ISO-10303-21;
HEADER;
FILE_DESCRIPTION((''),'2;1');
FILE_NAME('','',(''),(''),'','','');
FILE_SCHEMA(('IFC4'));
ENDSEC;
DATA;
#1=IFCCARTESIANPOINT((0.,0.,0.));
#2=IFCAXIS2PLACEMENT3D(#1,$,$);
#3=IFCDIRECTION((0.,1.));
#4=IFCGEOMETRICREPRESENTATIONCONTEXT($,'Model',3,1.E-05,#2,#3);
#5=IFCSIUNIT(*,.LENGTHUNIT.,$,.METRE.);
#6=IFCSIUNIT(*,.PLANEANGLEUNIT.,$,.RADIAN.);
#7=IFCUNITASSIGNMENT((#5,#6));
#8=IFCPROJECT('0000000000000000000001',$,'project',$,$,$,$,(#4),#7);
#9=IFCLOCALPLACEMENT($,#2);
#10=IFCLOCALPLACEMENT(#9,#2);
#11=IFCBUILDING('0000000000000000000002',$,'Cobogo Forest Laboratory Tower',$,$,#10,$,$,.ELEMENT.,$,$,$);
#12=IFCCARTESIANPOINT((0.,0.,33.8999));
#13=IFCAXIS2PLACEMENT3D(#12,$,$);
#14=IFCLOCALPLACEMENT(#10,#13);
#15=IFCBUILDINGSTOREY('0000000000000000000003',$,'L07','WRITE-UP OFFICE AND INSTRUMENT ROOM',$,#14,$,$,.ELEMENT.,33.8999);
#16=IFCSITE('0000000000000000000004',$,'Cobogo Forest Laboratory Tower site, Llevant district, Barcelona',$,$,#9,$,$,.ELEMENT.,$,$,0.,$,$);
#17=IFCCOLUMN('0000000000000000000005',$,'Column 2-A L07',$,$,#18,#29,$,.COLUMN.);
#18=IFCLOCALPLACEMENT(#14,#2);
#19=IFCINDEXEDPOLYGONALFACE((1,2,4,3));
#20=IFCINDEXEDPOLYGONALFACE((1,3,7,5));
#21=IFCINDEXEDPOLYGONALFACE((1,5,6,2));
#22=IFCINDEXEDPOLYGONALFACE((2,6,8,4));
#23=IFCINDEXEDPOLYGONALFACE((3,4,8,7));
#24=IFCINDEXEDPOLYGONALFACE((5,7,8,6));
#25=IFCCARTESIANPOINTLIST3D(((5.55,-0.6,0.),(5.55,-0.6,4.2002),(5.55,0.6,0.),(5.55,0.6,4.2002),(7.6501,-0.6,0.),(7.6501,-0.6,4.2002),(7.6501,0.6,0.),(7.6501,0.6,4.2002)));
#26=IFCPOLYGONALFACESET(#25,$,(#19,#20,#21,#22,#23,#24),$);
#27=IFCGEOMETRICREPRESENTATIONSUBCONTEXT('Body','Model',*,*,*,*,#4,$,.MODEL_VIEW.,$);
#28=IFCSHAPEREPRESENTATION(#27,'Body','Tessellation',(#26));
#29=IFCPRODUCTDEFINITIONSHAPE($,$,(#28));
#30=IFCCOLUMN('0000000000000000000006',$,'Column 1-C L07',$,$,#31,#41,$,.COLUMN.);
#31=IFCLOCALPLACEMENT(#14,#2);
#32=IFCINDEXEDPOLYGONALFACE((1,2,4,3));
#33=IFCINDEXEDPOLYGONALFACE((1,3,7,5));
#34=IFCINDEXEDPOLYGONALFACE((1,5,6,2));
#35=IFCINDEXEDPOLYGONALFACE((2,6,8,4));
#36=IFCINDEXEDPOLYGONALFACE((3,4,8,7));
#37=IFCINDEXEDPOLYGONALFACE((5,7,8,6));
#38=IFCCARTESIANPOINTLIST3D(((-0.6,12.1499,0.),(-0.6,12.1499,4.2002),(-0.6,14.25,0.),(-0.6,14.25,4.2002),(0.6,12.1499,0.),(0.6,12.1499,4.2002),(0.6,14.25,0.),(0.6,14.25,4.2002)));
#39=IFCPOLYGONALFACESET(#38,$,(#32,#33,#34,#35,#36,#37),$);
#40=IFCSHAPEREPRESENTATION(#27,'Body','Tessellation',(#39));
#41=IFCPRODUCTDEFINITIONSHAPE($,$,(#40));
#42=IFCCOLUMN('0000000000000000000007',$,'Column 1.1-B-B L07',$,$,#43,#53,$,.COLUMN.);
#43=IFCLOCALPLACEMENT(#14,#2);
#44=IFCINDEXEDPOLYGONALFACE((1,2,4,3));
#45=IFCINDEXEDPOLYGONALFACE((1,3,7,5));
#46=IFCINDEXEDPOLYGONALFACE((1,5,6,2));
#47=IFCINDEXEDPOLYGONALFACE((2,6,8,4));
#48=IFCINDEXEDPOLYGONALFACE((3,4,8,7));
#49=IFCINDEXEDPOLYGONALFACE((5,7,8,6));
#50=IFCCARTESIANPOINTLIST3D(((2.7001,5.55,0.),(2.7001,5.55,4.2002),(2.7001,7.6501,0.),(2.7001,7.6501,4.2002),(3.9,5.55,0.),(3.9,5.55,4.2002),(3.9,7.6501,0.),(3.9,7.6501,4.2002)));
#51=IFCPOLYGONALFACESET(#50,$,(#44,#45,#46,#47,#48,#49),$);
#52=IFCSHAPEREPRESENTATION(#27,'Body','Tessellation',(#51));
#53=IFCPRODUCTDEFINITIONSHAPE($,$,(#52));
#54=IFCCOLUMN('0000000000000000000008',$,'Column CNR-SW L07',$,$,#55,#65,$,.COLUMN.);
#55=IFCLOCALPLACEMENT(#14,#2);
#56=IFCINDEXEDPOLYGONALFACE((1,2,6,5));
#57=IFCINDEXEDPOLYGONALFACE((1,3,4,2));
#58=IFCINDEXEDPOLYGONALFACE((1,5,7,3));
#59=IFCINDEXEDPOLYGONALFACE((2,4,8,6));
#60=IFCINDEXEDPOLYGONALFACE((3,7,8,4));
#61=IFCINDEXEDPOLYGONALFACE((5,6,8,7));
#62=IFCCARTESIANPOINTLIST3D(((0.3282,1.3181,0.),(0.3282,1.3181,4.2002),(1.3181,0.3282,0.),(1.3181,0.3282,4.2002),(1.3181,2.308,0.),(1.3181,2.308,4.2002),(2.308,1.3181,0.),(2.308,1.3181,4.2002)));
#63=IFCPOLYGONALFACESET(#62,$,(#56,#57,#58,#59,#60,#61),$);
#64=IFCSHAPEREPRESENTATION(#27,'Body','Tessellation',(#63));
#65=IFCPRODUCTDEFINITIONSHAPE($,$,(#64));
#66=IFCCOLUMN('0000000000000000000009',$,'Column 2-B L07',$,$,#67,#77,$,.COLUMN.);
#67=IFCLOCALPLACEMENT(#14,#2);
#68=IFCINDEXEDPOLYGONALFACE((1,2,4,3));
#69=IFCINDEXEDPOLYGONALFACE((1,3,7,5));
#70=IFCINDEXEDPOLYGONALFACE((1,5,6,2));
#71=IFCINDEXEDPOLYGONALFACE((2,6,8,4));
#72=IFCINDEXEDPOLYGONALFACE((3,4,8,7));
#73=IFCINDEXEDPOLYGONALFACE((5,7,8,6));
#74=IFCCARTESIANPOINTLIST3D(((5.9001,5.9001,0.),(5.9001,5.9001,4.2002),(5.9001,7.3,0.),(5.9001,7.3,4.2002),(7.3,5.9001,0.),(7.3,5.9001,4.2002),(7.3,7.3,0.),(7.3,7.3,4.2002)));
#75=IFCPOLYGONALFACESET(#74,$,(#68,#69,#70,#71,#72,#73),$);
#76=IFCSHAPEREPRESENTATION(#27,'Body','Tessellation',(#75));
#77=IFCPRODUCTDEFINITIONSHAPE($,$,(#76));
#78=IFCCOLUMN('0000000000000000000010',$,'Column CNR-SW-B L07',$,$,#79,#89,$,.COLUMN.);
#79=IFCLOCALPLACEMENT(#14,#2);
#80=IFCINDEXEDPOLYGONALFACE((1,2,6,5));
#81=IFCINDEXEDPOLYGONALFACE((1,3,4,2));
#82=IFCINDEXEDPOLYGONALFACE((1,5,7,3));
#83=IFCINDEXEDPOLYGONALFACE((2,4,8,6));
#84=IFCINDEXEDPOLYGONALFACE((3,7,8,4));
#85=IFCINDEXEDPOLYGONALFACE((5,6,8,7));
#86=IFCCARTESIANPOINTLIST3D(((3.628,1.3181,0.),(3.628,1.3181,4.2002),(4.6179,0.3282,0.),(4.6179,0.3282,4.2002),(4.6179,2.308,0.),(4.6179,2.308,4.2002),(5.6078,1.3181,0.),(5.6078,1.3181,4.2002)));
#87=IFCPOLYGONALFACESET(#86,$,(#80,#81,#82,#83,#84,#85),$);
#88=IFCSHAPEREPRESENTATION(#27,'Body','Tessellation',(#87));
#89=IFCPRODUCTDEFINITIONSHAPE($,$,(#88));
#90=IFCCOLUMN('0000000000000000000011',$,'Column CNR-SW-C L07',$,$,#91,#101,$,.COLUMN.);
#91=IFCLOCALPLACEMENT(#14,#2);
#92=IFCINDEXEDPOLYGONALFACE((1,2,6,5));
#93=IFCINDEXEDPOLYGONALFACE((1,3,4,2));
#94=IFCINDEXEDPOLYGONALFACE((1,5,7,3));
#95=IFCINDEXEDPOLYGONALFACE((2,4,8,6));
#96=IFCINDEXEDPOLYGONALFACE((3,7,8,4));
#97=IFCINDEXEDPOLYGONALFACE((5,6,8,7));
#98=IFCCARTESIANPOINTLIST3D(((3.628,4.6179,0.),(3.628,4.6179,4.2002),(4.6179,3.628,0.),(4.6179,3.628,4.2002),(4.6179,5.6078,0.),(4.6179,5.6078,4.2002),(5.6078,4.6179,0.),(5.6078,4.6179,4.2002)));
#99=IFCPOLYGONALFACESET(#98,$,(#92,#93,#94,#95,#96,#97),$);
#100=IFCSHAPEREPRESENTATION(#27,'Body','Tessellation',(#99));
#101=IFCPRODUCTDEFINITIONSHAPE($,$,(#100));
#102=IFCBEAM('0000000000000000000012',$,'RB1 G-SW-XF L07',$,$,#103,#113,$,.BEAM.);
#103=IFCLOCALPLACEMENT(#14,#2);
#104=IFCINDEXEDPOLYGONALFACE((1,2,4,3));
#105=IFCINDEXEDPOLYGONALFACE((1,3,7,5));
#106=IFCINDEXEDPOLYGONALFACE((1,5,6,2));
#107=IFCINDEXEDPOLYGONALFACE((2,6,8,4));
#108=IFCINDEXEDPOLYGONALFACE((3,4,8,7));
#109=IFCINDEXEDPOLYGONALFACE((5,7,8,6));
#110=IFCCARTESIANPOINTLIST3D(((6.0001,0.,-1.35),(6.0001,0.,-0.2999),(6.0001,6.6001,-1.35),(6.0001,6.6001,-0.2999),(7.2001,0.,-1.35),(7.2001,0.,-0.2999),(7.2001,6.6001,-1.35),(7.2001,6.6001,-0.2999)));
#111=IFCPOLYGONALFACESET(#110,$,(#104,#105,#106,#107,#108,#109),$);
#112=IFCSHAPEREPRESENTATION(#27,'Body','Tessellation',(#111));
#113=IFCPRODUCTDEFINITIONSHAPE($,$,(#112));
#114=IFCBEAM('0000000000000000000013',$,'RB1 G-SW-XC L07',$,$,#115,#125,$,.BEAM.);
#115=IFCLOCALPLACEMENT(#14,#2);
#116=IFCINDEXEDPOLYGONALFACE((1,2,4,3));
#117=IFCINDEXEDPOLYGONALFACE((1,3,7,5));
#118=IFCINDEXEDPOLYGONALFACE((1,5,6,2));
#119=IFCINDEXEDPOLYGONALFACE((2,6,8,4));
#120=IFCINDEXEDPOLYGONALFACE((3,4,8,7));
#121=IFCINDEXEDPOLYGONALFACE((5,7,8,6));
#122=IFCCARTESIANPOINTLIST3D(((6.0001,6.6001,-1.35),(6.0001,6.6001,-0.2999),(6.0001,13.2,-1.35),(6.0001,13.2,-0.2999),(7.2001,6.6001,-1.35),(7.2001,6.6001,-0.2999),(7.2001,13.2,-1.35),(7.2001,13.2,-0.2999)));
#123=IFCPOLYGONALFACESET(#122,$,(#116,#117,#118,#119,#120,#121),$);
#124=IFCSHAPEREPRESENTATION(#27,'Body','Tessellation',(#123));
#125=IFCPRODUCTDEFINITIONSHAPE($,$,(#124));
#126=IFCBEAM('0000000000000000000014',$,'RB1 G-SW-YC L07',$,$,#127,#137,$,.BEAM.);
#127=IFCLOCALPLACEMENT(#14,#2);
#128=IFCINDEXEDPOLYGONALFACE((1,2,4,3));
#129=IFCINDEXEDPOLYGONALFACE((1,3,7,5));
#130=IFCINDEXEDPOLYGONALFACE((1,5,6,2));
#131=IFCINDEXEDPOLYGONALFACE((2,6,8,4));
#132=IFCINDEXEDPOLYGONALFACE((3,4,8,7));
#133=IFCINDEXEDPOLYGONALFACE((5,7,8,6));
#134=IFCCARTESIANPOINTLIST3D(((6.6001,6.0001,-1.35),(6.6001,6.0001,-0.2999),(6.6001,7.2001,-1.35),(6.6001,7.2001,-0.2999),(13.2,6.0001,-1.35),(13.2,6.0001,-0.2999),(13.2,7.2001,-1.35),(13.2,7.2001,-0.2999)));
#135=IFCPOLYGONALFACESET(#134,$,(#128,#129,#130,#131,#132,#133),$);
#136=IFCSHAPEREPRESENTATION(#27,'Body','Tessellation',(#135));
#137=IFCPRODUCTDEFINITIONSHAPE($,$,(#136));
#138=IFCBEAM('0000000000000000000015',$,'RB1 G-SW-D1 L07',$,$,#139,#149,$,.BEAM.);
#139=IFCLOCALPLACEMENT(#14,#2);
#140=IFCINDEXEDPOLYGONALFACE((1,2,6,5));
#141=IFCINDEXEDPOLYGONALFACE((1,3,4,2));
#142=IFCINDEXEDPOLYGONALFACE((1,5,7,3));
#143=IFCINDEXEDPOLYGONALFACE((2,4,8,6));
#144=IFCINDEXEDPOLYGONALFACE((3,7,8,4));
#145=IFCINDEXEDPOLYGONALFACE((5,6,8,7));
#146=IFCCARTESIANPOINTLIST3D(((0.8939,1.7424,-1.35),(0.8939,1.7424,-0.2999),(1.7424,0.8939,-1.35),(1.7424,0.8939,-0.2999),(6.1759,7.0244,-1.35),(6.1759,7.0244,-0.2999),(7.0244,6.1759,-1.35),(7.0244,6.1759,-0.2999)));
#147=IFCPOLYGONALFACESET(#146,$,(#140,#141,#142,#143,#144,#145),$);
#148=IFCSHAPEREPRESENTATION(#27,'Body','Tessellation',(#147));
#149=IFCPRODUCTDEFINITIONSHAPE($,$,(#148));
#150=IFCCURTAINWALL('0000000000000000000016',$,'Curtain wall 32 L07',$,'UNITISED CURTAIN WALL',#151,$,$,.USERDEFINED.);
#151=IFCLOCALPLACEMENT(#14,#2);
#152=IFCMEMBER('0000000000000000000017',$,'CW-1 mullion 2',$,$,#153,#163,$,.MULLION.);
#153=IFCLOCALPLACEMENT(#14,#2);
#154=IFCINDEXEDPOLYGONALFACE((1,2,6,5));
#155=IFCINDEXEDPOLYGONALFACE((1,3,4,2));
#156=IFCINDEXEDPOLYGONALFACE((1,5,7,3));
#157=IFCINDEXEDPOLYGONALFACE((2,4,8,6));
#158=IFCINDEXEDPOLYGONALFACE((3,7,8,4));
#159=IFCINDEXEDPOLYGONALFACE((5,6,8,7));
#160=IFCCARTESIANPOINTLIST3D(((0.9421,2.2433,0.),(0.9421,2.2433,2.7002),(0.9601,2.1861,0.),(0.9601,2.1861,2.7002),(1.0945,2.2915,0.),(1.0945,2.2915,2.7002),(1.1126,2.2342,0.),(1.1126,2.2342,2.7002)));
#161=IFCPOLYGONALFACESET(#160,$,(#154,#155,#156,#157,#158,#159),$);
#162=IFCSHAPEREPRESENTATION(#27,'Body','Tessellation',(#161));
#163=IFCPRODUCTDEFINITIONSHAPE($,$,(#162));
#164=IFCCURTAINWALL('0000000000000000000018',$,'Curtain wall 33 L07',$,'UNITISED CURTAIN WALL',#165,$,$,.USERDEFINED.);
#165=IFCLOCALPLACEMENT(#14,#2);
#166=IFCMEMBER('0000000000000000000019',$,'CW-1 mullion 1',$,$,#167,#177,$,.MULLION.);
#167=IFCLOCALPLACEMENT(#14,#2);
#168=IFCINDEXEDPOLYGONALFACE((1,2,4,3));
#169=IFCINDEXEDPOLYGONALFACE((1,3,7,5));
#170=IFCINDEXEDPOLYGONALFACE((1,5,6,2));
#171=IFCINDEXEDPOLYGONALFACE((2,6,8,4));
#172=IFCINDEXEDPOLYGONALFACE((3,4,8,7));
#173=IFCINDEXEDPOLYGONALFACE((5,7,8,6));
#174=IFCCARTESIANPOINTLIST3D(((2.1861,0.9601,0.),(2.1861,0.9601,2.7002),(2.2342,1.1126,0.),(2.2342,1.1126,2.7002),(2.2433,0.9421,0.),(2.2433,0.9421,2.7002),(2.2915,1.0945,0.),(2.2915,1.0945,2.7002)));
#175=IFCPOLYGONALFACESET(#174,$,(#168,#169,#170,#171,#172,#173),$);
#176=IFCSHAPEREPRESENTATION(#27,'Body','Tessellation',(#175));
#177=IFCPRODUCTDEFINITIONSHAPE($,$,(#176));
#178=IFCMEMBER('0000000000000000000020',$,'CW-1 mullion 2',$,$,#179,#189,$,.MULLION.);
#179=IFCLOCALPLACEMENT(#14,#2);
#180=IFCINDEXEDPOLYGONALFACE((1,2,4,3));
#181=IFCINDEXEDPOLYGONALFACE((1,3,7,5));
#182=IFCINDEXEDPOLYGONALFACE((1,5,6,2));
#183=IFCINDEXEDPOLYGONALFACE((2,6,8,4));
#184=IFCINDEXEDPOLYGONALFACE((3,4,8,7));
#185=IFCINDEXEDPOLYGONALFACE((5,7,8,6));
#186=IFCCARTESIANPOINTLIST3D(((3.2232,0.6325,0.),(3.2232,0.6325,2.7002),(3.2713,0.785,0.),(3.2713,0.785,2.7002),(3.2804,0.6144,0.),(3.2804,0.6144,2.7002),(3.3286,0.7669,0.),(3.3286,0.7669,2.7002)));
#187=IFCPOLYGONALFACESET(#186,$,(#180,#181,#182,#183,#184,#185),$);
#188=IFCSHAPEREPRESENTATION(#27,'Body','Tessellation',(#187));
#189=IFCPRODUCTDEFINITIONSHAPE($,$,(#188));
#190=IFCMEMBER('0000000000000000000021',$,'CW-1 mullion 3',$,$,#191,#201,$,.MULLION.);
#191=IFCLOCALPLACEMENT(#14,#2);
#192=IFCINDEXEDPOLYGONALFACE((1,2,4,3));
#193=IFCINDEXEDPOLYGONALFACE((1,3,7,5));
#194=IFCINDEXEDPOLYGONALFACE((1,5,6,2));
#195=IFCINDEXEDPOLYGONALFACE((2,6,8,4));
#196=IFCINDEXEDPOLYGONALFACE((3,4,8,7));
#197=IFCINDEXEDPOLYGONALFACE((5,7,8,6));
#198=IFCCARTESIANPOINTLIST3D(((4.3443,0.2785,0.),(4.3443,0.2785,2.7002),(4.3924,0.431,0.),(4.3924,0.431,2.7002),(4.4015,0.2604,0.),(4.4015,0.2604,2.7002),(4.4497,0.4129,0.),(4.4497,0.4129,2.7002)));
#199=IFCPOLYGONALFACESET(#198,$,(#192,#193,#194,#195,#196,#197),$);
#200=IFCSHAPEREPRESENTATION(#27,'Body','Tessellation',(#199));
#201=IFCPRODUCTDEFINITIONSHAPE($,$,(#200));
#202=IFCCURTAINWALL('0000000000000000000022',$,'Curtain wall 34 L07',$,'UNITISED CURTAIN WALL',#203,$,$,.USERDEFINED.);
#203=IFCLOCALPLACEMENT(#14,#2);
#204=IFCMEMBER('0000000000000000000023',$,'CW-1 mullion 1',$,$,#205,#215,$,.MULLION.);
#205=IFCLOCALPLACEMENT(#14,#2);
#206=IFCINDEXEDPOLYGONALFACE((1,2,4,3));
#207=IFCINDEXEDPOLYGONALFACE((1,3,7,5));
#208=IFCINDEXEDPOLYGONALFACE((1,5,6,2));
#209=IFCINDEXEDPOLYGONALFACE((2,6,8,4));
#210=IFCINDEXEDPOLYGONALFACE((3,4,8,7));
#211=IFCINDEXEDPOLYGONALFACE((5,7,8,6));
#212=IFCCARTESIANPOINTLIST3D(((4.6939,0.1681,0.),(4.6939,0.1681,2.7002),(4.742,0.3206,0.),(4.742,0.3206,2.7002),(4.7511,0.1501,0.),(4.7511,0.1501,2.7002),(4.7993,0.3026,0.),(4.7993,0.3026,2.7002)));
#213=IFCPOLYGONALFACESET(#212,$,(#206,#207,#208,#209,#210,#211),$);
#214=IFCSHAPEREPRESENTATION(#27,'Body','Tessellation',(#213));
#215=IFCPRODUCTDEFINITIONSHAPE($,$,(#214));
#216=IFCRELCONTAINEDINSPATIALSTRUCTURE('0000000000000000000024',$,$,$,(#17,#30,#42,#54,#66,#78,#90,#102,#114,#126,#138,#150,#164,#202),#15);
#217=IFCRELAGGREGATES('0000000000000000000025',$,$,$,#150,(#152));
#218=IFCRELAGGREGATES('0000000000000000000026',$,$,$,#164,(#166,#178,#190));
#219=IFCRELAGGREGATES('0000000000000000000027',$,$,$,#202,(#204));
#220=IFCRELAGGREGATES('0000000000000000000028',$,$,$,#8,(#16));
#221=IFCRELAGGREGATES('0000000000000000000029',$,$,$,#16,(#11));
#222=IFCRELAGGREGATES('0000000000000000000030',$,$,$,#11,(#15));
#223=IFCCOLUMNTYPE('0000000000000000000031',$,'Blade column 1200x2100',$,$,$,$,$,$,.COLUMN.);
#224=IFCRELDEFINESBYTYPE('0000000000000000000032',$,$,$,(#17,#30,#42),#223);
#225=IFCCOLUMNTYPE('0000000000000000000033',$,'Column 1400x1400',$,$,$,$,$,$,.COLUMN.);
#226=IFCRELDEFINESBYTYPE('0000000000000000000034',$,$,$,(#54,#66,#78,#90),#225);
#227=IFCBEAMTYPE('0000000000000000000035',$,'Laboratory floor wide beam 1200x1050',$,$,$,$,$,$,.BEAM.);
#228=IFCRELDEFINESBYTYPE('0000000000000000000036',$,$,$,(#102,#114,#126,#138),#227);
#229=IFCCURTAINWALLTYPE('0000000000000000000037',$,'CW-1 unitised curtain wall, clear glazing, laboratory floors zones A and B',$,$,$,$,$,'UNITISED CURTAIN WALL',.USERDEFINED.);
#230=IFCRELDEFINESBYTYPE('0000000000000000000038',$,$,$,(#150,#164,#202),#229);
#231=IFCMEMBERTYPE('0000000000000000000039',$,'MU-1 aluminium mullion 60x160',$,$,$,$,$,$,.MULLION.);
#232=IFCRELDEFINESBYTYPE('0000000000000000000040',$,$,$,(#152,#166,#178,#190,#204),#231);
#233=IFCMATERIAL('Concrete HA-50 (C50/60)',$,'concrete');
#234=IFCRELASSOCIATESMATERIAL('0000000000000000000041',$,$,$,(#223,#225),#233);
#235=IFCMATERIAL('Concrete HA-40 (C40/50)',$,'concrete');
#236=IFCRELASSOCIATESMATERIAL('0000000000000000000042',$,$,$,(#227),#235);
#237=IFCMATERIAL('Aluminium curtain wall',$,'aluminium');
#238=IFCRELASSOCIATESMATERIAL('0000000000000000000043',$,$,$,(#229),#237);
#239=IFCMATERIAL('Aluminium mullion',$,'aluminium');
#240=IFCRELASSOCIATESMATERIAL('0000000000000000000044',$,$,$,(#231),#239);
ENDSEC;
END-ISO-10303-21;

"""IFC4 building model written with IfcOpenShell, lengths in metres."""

from ifc_helpers import new_model, si_unit, direction, frame, origin, origin_2d, place, context, subcontext, project, spatial, rectangle, extrude, material, material_profile, profile_set, type_object, element, aggregate, save


model = new_model("IFC4")

# Units and contexts
model_context = context("Model", 3, precision=1e-05, world=origin(), true_north=direction((0.0, 1.0)))
body_context = subcontext(model_context, "Body", "Model", "MODEL_VIEW")
ifc_project = project(units=[si_unit("LENGTHUNIT", "METRE"), si_unit("PLANEANGLEUNIT", "RADIAN")], contexts=[model_context])

# Site, building, storey
site_placement = place(None, origin())
site = spatial("IfcSite", under=ifc_project, at=site_placement, Name="Cobogo Forest Laboratory Tower site, Llevant district, Barcelona", CompositionType="ELEMENT", RefElevation=0.0)
building_placement = place(site_placement, origin())
building = spatial("IfcBuilding", under=site, at=building_placement, Name="Cobogo Forest Laboratory Tower", CompositionType="ELEMENT")
storey_placement = place(building_placement, frame((0.0, 0.0, 33.8999)))
storey = spatial("IfcBuildingStorey", under=building, at=storey_placement, Name="L07", Description="WRITE-UP OFFICE AND INSTRUMENT ROOM", CompositionType="ELEMENT", Elevation=33.8999)

# Columns
ifc_material_1 = material(Name="Concrete HA-50 (C50/60)", Category="concrete")
ifc_material_profile_1 = material_profile(ifc_material_1, rectangle(XDim=2.1001, YDim=1.2, at=origin_2d()), Name="RC 1200x2100")
ifc_profile_set_1 = profile_set([ifc_material_profile_1], Name="Concrete HA-50 (C50/60)")
column_type_1 = type_object("IfcColumnType", Name="Blade column 1200x2100", PredefinedType="COLUMN", material=ifc_profile_set_1)
for number, where, z_axis, x_axis, name in (
    (1, (6.6001, 0.0, 0.0), (0.0, 0.0, 1.0), (1.0, 0.0, 0.0), "Column 2-A L07"),
    (2, (0.0, 13.2, 0.0), (0.0, 0.0, 1.0), (0.0, 1.0, 0.0), "Column 1-C L07"),
    (3, (3.3, 6.6001, 0.0), (0.0, 0.0, 1.0), (0.0, 1.0, 0.0), "Column 1.1-B-B L07"),
):
    element("IfcColumn", number, at=place(storey_placement, frame(where, z_axis=z_axis, x_axis=x_axis)), inside=storey, type_object=column_type_1, Name=name, PredefinedType="COLUMN", context=body_context, shape_type="SweptSolid", body=[
        extrude(rectangle(XDim=2.1001, YDim=1.2, at=origin_2d()), origin(), (0.0, 0.0, 1.0), 4.2002),
    ])
ifc_material_profile_2 = material_profile(ifc_material_1, rectangle(XDim=1.3999, YDim=1.3999, at=origin_2d()), Name="RC 1400x1400")
ifc_profile_set_2 = profile_set([ifc_material_profile_2], Name="Concrete HA-50 (C50/60)")
column_type_2 = type_object("IfcColumnType", Name="Column 1400x1400", PredefinedType="COLUMN", material=ifc_profile_set_2)
for number, where, z_axis, x_axis, name in (
    (4, (1.3181, 1.3181, 0.0), (0.0, 0.0, 1.0), (0.707107, 0.707107, 0.0), "Column CNR-SW L07"),
    (5, (6.6001, 6.6001, 0.0), (0.0, 0.0, 1.0), (1.0, 0.0, 0.0), "Column 2-B L07"),
    (6, (4.6179, 1.3181, 0.0), (0.0, 0.0, 1.0), (0.707107, 0.707107, 0.0), "Column CNR-SW-B L07"),
    (7, (4.6179, 4.6179, 0.0), (0.0, 0.0, 1.0), (0.707107, 0.707107, 0.0), "Column CNR-SW-C L07"),
):
    element("IfcColumn", number, at=place(storey_placement, frame(where, z_axis=z_axis, x_axis=x_axis)), inside=storey, type_object=column_type_2, Name=name, PredefinedType="COLUMN", context=body_context, shape_type="SweptSolid", body=[
        extrude(rectangle(XDim=1.3999, YDim=1.3999, at=origin_2d()), origin(), (0.0, 0.0, 1.0), 4.2002),
    ])

# Beams
ifc_material_2 = material(Name="Concrete HA-40 (C40/50)", Category="concrete")
ifc_material_profile_3 = material_profile(ifc_material_2, rectangle(XDim=1.2, YDim=1.05, at=origin_2d()), Name="RC 1200x1050")
ifc_profile_set_3 = profile_set([ifc_material_profile_3], Name="Concrete HA-40 (C40/50)")
beam_type_1 = type_object("IfcBeamType", Name="Laboratory floor wide beam 1200x1050", PredefinedType="BEAM", material=ifc_profile_set_3)
beam_1_placement = place(storey_placement, frame((6.6001, 0.0, -0.825), z_axis=(0.0, 1.0, 0.0), x_axis=(-1.0, 0.0, 0.0)))
element("IfcBeam", 8, at=beam_1_placement, inside=storey, type_object=beam_type_1, Name="RB1 G-SW-XF L07", PredefinedType="BEAM", context=body_context, shape_type="SweptSolid", body=[
    extrude(rectangle(XDim=1.2, YDim=1.05, at=origin_2d()), origin(), (0.0, 0.0, 1.0), 6.6001),
])
for number, where, z_axis, x_axis, name in (
    (9, (6.6001, 6.6001, -0.825), (0.0, 1.0, 0.0), (-1.0, 0.0, 0.0), "RB1 G-SW-XC L07"),
    (10, (6.6001, 6.6001, -0.825), (1.0, 0.0, 0.0), (0.0, 1.0, 0.0), "RB1 G-SW-YC L07"),
):
    element("IfcBeam", number, at=place(storey_placement, frame(where, z_axis=z_axis, x_axis=x_axis)), inside=storey, type_object=beam_type_1, Name=name, PredefinedType="BEAM", context=body_context, shape_type="SweptSolid", body=[
        extrude(rectangle(XDim=1.2, YDim=1.05, at=origin_2d()), origin(), (0.0, 0.0, 1.0), 6.5999),
    ])
beam_2_placement = place(storey_placement, frame((1.3181, 1.3181, -0.825), z_axis=(0.707107, 0.707107, 0.0), x_axis=(-0.707107, 0.707107, 0.0)))
element("IfcBeam", 11, at=beam_2_placement, inside=storey, type_object=beam_type_1, Name="RB1 G-SW-D1 L07", PredefinedType="BEAM", context=body_context, shape_type="SweptSolid", body=[
    extrude(rectangle(XDim=1.2, YDim=1.05, at=origin_2d()), origin(), (0.0, 0.0, 1.0), 7.47),
])

# Curtain wall, member
ifc_material_3 = material(Name="Aluminium curtain wall", Category="aluminium")
curtain_wall_type = type_object("IfcCurtainWallType", Name="CW-1 unitised curtain wall, clear glazing, laboratory floors zones A and B", ElementType="UNITISED CURTAIN WALL", PredefinedType="USERDEFINED", material=ifc_material_3)
curtain_wall_1_placement = place(storey_placement, origin())
curtain_wall_1 = element("IfcCurtainWall", 12, at=curtain_wall_1_placement, inside=storey, type_object=curtain_wall_type, Name="Curtain wall 32 L07", ObjectType="UNITISED CURTAIN WALL", PredefinedType="USERDEFINED")
ifc_material_4 = material(Name="Aluminium mullion", Category="aluminium")
ifc_material_profile_4 = material_profile(ifc_material_4, rectangle(XDim=0.0601, YDim=0.1599, at=origin_2d()), Name="AL 60x160")
ifc_profile_set_4 = profile_set([ifc_material_profile_4], Name="Aluminium mullion")
member_type_1 = type_object("IfcMemberType", Name="MU-1 aluminium mullion 60x160", PredefinedType="MULLION", material=ifc_profile_set_4)
member_1_placement = place(storey_placement, frame((1.0273, 2.2388, 0.0), z_axis=(0.0, 0.0, 1.0), x_axis=(0.301135, -0.953581, 0.0)))
member_1 = element("IfcMember", 13, at=member_1_placement, type_object=member_type_1, Name="CW-1 mullion 2", PredefinedType="MULLION", context=body_context, shape_type="SweptSolid", body=[
    extrude(rectangle(XDim=0.0601, YDim=0.1599, at=origin_2d()), origin(), (0.0, 0.0, 1.0), 2.7002),
])

# Curtain walls, members
curtain_wall_2_placement = place(storey_placement, origin())
curtain_wall_2 = element("IfcCurtainWall", 14, at=curtain_wall_2_placement, inside=storey, type_object=curtain_wall_type, Name="Curtain wall 33 L07", ObjectType="UNITISED CURTAIN WALL", PredefinedType="USERDEFINED")
member_2_placement = place(storey_placement, frame((2.2388, 1.0273, 0.0), z_axis=(0.0, 0.0, 1.0), x_axis=(0.953581, -0.301135, 0.0)))
member_2 = element("IfcMember", 15, at=member_2_placement, type_object=member_type_1, Name="CW-1 mullion 1", PredefinedType="MULLION", context=body_context, shape_type="SweptSolid", body=[
    extrude(rectangle(XDim=0.0601, YDim=0.1599, at=origin_2d()), origin(), (0.0, 0.0, 1.0), 2.7002),
])
member_3_placement = place(storey_placement, frame((3.2759, 0.6997, 0.0), z_axis=(0.0, 0.0, 1.0), x_axis=(0.953581, -0.301135, 0.0)))
member_3 = element("IfcMember", 16, at=member_3_placement, type_object=member_type_1, Name="CW-1 mullion 2", PredefinedType="MULLION", context=body_context, shape_type="SweptSolid", body=[
    extrude(rectangle(XDim=0.0601, YDim=0.1599, at=origin_2d()), origin(), (0.0, 0.0, 1.0), 2.7002),
])
member_4_placement = place(storey_placement, frame((4.397, 0.3457, 0.0), z_axis=(0.0, 0.0, 1.0), x_axis=(0.953581, -0.301135, 0.0)))
member_4 = element("IfcMember", 17, at=member_4_placement, type_object=member_type_1, Name="CW-1 mullion 3", PredefinedType="MULLION", context=body_context, shape_type="SweptSolid", body=[
    extrude(rectangle(XDim=0.0601, YDim=0.1599, at=origin_2d()), origin(), (0.0, 0.0, 1.0), 2.7002),
])
curtain_wall_3_placement = place(storey_placement, origin())
curtain_wall_3 = element("IfcCurtainWall", 18, at=curtain_wall_3_placement, inside=storey, type_object=curtain_wall_type, Name="Curtain wall 34 L07", ObjectType="UNITISED CURTAIN WALL", PredefinedType="USERDEFINED")
member_5_placement = place(storey_placement, frame((4.7466, 0.2354, 0.0), z_axis=(0.0, 0.0, 1.0), x_axis=(0.953582, -0.301135, 0.0)))
member_5 = element("IfcMember", 19, at=member_5_placement, type_object=member_type_1, Name="CW-1 mullion 1", PredefinedType="MULLION", context=body_context, shape_type="SweptSolid", body=[
    extrude(rectangle(XDim=0.0601, YDim=0.1599, at=origin_2d()), origin(), (0.0, 0.0, 1.0), 2.7002),
])

aggregate(curtain_wall_1, [member_1])
aggregate(curtain_wall_2, [member_2, member_3, member_4])
aggregate(curtain_wall_3, [member_5])

save(model, "model.ifc")
